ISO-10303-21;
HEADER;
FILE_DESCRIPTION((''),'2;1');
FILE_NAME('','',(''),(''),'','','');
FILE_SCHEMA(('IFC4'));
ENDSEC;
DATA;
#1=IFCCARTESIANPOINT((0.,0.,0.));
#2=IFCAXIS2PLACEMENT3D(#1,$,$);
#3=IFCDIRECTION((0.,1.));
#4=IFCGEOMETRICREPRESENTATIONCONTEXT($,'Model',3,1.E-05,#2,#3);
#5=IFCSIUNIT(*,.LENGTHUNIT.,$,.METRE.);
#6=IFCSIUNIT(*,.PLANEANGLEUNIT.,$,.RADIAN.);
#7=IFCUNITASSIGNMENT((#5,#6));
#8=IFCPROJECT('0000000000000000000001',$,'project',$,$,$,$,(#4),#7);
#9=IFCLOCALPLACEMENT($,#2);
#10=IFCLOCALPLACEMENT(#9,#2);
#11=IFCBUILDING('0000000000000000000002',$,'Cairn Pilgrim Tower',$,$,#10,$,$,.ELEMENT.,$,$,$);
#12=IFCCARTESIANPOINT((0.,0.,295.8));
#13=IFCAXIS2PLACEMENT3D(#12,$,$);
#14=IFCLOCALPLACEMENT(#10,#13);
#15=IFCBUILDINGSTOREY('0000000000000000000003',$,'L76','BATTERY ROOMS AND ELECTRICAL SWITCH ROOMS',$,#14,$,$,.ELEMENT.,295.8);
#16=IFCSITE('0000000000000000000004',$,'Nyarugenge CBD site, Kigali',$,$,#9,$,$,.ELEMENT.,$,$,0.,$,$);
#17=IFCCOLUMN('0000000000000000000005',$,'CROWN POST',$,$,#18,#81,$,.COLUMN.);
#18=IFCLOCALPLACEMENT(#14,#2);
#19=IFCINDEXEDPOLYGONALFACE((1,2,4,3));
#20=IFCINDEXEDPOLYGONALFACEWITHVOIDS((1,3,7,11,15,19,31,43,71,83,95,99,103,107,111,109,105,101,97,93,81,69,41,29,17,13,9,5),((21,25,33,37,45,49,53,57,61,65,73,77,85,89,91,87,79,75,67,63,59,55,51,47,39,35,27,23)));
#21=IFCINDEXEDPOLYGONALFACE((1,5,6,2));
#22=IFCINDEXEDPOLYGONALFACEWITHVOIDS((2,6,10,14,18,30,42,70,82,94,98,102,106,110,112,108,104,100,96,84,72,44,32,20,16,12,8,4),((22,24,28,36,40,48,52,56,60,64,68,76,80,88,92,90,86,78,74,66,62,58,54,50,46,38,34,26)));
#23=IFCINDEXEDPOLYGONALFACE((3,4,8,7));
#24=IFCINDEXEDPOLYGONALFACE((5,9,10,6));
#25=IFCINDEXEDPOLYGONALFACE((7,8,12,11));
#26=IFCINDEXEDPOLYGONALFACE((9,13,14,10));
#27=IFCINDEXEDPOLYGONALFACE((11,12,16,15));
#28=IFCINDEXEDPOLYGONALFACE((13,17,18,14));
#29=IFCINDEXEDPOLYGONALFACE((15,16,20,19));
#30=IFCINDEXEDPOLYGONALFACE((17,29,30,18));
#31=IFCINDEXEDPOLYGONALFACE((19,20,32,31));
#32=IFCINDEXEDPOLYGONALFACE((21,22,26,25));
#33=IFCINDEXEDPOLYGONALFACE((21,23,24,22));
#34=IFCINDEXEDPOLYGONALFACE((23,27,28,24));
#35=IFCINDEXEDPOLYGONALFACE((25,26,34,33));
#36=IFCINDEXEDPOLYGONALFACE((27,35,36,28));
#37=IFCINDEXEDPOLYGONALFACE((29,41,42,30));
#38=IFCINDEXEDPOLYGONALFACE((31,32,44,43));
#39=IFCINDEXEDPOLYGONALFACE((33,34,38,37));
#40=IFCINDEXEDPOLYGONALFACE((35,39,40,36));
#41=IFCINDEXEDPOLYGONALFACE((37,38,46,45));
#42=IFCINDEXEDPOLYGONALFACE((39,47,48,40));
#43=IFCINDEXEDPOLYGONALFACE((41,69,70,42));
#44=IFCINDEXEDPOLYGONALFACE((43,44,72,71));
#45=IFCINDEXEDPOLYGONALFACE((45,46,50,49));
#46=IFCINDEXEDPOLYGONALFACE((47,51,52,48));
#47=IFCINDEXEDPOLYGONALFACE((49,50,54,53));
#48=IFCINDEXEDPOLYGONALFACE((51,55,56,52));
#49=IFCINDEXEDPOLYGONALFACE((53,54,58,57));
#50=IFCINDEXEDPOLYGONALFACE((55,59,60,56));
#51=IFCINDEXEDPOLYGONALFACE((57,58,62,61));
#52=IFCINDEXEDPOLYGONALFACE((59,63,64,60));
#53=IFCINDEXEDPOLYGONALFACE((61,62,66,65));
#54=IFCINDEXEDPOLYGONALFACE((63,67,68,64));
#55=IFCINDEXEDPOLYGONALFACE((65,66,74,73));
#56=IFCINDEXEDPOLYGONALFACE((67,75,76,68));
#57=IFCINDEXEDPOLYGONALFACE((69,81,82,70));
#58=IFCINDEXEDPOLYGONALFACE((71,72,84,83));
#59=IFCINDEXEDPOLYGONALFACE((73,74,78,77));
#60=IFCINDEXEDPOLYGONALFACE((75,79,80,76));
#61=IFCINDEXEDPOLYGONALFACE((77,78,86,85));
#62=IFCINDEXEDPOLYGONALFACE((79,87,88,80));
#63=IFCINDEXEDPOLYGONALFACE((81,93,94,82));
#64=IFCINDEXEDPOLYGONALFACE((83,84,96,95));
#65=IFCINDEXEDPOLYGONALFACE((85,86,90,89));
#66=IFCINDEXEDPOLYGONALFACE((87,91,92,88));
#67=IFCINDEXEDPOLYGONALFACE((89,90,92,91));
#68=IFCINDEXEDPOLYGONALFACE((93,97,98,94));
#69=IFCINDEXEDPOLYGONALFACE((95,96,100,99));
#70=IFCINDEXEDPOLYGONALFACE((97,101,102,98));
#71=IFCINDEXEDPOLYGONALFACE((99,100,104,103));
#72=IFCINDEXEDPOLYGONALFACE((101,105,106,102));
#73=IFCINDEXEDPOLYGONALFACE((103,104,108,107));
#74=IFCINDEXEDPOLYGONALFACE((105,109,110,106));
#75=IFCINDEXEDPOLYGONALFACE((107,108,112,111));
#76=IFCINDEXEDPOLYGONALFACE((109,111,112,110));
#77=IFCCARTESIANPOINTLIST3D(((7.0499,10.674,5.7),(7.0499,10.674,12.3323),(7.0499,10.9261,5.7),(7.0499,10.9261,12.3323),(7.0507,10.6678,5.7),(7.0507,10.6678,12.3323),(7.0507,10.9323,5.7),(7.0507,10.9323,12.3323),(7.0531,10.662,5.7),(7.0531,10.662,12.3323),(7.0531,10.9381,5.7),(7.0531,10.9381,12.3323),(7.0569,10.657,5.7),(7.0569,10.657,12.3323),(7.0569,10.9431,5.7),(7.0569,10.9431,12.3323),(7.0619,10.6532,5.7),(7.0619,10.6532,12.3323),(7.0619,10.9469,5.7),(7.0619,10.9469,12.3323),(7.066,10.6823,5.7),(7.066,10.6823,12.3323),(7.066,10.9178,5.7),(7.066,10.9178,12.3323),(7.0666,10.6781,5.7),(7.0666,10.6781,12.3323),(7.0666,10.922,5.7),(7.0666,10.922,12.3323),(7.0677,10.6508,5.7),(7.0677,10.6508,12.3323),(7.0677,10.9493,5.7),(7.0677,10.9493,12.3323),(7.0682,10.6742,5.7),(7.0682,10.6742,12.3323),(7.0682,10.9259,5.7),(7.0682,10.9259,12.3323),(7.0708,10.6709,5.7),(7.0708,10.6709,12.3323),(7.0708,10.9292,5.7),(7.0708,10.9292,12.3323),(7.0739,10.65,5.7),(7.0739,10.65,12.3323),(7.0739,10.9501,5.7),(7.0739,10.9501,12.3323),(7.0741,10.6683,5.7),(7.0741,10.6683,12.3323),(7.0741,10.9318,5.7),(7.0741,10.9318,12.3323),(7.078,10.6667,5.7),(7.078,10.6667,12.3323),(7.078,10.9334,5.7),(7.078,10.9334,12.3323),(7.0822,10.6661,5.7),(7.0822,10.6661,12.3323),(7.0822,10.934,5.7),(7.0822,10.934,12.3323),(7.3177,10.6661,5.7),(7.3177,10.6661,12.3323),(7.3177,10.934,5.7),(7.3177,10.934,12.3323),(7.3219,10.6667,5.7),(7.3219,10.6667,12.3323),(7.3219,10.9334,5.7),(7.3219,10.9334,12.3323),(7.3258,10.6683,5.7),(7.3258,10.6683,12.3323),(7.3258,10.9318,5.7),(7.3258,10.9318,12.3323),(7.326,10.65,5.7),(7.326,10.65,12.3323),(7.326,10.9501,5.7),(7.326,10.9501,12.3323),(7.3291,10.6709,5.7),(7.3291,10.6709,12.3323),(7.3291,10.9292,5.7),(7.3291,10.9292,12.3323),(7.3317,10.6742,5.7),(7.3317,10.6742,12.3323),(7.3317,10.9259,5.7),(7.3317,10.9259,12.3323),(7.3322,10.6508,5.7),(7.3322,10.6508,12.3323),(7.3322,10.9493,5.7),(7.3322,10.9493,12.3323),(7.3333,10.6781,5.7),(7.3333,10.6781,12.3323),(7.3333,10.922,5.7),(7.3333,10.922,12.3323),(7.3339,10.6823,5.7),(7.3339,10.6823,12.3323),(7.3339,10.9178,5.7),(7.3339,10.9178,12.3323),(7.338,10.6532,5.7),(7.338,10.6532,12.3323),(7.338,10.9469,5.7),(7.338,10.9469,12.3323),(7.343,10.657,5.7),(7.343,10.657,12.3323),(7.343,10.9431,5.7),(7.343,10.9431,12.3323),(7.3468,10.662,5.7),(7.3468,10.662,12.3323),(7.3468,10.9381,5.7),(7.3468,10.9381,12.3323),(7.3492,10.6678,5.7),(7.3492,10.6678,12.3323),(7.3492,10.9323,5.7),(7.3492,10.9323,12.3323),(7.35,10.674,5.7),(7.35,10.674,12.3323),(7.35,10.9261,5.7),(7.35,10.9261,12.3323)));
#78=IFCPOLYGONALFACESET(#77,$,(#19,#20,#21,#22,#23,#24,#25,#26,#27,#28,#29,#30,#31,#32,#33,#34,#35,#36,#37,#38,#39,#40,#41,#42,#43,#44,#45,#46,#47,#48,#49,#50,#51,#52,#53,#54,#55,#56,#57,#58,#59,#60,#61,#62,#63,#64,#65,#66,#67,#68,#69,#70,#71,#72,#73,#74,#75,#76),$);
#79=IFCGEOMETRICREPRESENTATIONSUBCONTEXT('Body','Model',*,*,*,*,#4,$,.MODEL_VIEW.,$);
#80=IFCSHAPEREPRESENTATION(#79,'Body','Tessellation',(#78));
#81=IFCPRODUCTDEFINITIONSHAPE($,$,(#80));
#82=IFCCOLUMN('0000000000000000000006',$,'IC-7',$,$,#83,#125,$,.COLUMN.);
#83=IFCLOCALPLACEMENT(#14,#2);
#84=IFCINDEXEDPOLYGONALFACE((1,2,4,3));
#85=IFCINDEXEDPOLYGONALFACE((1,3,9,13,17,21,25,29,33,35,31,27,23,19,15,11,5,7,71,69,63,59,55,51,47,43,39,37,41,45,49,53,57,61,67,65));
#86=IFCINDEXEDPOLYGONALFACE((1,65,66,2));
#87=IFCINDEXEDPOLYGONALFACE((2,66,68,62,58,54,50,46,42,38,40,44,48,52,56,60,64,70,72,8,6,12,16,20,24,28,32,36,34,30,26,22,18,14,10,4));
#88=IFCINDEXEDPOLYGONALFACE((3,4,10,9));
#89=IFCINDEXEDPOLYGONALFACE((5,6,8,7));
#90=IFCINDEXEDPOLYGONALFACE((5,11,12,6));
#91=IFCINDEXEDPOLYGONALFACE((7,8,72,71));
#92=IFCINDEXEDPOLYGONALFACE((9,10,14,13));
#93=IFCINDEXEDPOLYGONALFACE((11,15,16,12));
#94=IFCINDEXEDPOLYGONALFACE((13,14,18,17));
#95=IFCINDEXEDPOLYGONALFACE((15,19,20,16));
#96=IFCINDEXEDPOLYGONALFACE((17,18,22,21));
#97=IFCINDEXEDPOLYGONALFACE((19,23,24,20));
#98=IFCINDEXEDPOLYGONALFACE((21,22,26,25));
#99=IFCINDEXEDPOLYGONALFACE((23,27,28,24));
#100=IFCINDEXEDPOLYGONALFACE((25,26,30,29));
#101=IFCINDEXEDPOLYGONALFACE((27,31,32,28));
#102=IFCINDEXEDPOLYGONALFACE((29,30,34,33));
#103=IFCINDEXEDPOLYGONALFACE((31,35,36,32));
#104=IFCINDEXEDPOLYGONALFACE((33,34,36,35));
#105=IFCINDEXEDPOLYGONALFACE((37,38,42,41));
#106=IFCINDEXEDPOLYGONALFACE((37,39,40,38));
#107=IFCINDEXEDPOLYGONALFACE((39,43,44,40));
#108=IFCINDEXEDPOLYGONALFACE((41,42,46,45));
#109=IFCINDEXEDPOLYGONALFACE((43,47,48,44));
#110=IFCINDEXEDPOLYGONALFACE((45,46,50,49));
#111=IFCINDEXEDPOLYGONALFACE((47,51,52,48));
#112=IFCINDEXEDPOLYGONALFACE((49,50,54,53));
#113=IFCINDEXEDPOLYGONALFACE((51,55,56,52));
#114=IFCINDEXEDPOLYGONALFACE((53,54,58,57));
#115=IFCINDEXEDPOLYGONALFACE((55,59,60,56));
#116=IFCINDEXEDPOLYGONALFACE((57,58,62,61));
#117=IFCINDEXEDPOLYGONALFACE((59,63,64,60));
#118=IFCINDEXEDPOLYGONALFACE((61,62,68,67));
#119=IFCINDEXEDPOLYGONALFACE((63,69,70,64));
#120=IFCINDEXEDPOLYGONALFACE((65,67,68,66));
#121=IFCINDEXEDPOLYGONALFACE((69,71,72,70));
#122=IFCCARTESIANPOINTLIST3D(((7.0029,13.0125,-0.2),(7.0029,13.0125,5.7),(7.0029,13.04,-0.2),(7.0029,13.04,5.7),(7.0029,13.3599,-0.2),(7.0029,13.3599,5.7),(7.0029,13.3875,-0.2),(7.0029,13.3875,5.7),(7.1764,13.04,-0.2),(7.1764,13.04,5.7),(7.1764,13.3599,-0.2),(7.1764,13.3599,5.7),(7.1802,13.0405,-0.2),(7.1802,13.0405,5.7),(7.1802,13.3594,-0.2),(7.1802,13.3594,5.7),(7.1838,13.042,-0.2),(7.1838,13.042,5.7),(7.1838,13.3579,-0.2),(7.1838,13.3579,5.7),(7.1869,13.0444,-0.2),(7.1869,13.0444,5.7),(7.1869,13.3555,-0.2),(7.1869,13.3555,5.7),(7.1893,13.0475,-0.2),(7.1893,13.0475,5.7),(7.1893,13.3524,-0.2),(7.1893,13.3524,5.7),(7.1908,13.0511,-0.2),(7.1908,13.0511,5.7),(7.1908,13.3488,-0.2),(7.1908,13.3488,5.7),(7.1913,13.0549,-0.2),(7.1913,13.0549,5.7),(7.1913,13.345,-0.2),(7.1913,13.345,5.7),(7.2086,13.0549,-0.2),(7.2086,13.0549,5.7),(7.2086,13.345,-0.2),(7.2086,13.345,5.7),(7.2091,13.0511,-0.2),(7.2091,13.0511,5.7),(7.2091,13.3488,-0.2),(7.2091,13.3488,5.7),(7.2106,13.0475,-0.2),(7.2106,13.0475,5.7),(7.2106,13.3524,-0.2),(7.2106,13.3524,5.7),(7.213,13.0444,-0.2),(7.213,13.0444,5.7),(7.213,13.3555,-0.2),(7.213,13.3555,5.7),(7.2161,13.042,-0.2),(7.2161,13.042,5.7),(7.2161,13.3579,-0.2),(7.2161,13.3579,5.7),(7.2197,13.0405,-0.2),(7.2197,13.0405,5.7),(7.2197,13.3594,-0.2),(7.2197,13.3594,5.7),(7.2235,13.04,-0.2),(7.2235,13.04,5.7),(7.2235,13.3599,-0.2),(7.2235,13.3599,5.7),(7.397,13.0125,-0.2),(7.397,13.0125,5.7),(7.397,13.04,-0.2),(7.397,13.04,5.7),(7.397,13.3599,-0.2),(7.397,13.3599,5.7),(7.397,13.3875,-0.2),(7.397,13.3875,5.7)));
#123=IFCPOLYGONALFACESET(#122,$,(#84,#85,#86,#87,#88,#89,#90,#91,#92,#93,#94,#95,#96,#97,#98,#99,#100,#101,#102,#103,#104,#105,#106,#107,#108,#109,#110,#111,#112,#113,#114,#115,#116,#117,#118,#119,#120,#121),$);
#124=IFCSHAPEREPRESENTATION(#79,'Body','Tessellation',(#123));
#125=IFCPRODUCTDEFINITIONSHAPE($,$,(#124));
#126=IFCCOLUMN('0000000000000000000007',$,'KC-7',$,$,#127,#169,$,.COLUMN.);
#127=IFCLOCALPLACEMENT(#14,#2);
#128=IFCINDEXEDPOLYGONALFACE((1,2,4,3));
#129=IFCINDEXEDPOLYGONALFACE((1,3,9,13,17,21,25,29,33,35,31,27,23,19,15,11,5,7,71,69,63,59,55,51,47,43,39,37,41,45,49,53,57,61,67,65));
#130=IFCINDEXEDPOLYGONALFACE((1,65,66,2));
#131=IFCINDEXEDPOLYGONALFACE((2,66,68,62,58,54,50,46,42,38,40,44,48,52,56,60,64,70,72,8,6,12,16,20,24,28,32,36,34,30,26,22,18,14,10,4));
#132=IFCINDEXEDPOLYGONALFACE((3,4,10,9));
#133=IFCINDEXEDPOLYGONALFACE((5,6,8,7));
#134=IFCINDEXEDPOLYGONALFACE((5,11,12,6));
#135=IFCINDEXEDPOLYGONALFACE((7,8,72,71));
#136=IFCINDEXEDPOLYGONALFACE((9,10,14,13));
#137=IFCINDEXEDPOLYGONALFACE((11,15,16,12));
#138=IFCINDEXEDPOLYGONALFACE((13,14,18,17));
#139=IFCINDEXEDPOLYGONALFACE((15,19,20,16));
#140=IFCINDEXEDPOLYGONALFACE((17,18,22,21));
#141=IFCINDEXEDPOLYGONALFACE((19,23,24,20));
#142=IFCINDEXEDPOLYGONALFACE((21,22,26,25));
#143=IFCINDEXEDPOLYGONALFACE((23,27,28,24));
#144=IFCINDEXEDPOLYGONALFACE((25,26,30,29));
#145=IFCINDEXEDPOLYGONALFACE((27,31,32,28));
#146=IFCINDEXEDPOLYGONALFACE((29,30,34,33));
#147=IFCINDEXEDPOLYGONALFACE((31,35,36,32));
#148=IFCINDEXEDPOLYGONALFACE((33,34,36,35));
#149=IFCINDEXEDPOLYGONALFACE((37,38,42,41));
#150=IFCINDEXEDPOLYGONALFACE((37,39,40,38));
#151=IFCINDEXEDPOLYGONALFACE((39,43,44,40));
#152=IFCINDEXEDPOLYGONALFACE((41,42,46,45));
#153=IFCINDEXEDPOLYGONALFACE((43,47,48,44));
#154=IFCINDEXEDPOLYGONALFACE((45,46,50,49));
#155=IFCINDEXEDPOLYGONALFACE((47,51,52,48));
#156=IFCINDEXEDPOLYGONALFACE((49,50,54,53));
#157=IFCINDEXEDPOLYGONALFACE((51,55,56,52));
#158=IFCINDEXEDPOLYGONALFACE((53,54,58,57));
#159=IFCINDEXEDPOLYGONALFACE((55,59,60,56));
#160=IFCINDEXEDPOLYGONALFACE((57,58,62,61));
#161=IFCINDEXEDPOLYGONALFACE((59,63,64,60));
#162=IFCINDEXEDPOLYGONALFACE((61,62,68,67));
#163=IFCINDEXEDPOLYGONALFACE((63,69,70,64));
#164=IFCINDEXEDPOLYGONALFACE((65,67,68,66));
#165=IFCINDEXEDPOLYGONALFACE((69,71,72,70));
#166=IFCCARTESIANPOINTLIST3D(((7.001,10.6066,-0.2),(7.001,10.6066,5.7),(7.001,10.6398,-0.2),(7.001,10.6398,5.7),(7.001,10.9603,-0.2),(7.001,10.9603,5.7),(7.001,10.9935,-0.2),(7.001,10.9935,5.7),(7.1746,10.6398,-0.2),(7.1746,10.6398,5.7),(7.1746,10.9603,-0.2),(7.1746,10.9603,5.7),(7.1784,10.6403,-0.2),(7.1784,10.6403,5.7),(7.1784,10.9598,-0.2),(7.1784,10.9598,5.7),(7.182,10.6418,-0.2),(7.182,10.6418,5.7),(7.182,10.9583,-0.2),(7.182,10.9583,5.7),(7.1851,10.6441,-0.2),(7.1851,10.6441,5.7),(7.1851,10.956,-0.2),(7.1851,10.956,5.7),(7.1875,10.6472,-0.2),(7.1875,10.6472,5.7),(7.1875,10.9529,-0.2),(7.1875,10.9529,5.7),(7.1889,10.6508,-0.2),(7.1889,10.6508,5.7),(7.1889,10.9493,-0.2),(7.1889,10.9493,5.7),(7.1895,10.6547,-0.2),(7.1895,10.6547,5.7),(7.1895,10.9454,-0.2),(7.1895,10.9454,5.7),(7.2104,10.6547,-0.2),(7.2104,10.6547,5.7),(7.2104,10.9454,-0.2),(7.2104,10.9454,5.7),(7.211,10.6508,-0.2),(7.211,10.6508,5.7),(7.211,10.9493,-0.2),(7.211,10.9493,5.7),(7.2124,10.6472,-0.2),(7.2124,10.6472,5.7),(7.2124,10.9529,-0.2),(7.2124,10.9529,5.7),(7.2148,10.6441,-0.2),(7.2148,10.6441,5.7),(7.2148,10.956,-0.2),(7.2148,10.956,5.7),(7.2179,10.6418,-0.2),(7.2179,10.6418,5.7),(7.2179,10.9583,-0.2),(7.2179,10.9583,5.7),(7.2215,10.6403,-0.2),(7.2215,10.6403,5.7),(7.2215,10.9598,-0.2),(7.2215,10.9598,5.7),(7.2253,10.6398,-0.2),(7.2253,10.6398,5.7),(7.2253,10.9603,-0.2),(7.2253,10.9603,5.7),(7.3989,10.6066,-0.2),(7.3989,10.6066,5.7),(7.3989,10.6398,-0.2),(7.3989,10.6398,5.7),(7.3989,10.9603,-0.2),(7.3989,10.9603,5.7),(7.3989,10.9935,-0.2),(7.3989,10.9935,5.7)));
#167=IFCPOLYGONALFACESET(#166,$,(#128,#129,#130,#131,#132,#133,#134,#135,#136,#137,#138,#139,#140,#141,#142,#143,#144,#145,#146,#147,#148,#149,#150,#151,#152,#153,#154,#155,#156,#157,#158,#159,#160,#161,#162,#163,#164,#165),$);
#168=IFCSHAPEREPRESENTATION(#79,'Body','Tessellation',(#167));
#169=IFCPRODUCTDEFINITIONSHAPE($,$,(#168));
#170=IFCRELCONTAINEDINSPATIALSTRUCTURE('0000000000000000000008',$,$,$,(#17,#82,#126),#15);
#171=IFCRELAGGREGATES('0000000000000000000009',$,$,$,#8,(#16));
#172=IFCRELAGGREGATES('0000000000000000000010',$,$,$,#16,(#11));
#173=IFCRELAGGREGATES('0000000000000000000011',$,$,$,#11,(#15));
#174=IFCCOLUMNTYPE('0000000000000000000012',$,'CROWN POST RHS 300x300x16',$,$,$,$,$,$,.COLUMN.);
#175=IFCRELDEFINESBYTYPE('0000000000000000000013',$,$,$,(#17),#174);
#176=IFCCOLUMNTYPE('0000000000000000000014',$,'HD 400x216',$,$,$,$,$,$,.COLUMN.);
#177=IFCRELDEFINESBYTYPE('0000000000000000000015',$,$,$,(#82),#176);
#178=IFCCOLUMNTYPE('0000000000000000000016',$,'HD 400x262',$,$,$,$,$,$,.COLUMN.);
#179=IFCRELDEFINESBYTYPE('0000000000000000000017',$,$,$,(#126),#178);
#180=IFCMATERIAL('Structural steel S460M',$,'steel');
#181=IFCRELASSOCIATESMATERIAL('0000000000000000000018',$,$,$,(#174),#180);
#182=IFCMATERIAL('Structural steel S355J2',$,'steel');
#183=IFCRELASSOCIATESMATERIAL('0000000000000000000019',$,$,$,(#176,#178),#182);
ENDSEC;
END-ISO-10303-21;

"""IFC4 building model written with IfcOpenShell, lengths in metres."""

from ifc_helpers import new_model, si_unit, direction, frame, origin, origin_2d, place, context, subcontext, project, spatial, hollow_rectangle, i_section, extrude, material, material_profile, profile_set, type_object, element, save


model = new_model("IFC4")

# Units and contexts
model_context = context("Model", 3, precision=1e-05, world=origin(), true_north=direction((0.0, 1.0)))
body_context = subcontext(model_context, "Body", "Model", "MODEL_VIEW")
ifc_project = project(units=[si_unit("LENGTHUNIT", "METRE"), si_unit("PLANEANGLEUNIT", "RADIAN")], contexts=[model_context])

# Site, building, storey
site_placement = place(None, origin())
site = spatial("IfcSite", under=ifc_project, at=site_placement, Name="Nyarugenge CBD site, Kigali", CompositionType="ELEMENT", RefElevation=0.0)
building_placement = place(site_placement, origin())
building = spatial("IfcBuilding", under=site, at=building_placement, Name="Cairn Pilgrim Tower", CompositionType="ELEMENT")
storey_placement = place(building_placement, frame((0.0, 0.0, 295.8)))
storey = spatial("IfcBuildingStorey", under=building, at=storey_placement, Name="L76", Description="BATTERY ROOMS AND ELECTRICAL SWITCH ROOMS", CompositionType="ELEMENT", Elevation=295.8)

# Columns
ifc_material_1 = material(Name="Structural steel S460M", Category="steel")
ifc_material_profile_1 = material_profile(ifc_material_1, hollow_rectangle(XDim=0.3, YDim=0.3, WallThickness=0.0161, InnerFilletRadius=0.0161, OuterFilletRadius=0.0239, at=origin_2d()), Name="SHS 300x300x16")
ifc_profile_set_1 = profile_set([ifc_material_profile_1], Name="Structural steel S460M")
column_type_1 = type_object("IfcColumnType", Name="CROWN POST RHS 300x300x16", PredefinedType="COLUMN", material=ifc_profile_set_1)
column_1_placement = place(storey_placement, frame((7.2, 10.8, 5.7), z_axis=(0.0, 0.0, 1.0), x_axis=(1.0, 0.0, 0.0)))
element("IfcColumn", 1, at=column_1_placement, inside=storey, type_object=column_type_1, Name="CROWN POST", PredefinedType="COLUMN", context=body_context, shape_type="SweptSolid", body=[
    extrude(hollow_rectangle(XDim=0.3, YDim=0.3, WallThickness=0.0161, InnerFilletRadius=0.0161, OuterFilletRadius=0.0239, at=origin_2d()), origin(), (0.0, 0.0, 1.0), 6.6323),
])
ifc_material_2 = material(Name="Structural steel S355J2", Category="steel")
ifc_material_profile_2 = material_profile(ifc_material_2, i_section(OverallWidth=0.394, OverallDepth=0.375, WebThickness=0.0173, FlangeThickness=0.0276, FilletRadius=0.0149, at=origin_2d()), Name="HD 400x216")
ifc_profile_set_2 = profile_set([ifc_material_profile_2], Name="Structural steel S355J2")
column_type_2 = type_object("IfcColumnType", Name="HD 400x216", PredefinedType="COLUMN", material=ifc_profile_set_2)
column_2_placement = place(storey_placement, frame((7.2, 13.2, -0.2), z_axis=(0.0, 0.0, 1.0), x_axis=(1.0, 0.0, 0.0)))
element("IfcColumn", 2, at=column_2_placement, inside=storey, type_object=column_type_2, Name="IC-7", PredefinedType="COLUMN", context=body_context, shape_type="SweptSolid", body=[
    extrude(i_section(OverallWidth=0.394, OverallDepth=0.375, WebThickness=0.0173, FlangeThickness=0.0276, FilletRadius=0.0149, at=origin_2d()), origin(), (0.0, 0.0, 1.0), 5.8999),
])
ifc_material_profile_3 = material_profile(ifc_material_2, i_section(OverallWidth=0.3979, OverallDepth=0.387, WebThickness=0.021, FlangeThickness=0.0332, FilletRadius=0.0149, at=origin_2d()), Name="HD 400x262")
ifc_profile_set_3 = profile_set([ifc_material_profile_3], Name="Structural steel S355J2")
column_type_3 = type_object("IfcColumnType", Name="HD 400x262", PredefinedType="COLUMN", material=ifc_profile_set_3)
column_3_placement = place(storey_placement, frame((7.2, 10.8, -0.2), z_axis=(0.0, 0.0, 1.0), x_axis=(1.0, 0.0, 0.0)))
element("IfcColumn", 3, at=column_3_placement, inside=storey, type_object=column_type_3, Name="KC-7", PredefinedType="COLUMN", context=body_context, shape_type="SweptSolid", body=[
    extrude(i_section(OverallWidth=0.3979, OverallDepth=0.387, WebThickness=0.021, FlangeThickness=0.0332, FilletRadius=0.0149, at=origin_2d()), origin(), (0.0, 0.0, 1.0), 5.8999),
])

save(model, "model.ifc")
